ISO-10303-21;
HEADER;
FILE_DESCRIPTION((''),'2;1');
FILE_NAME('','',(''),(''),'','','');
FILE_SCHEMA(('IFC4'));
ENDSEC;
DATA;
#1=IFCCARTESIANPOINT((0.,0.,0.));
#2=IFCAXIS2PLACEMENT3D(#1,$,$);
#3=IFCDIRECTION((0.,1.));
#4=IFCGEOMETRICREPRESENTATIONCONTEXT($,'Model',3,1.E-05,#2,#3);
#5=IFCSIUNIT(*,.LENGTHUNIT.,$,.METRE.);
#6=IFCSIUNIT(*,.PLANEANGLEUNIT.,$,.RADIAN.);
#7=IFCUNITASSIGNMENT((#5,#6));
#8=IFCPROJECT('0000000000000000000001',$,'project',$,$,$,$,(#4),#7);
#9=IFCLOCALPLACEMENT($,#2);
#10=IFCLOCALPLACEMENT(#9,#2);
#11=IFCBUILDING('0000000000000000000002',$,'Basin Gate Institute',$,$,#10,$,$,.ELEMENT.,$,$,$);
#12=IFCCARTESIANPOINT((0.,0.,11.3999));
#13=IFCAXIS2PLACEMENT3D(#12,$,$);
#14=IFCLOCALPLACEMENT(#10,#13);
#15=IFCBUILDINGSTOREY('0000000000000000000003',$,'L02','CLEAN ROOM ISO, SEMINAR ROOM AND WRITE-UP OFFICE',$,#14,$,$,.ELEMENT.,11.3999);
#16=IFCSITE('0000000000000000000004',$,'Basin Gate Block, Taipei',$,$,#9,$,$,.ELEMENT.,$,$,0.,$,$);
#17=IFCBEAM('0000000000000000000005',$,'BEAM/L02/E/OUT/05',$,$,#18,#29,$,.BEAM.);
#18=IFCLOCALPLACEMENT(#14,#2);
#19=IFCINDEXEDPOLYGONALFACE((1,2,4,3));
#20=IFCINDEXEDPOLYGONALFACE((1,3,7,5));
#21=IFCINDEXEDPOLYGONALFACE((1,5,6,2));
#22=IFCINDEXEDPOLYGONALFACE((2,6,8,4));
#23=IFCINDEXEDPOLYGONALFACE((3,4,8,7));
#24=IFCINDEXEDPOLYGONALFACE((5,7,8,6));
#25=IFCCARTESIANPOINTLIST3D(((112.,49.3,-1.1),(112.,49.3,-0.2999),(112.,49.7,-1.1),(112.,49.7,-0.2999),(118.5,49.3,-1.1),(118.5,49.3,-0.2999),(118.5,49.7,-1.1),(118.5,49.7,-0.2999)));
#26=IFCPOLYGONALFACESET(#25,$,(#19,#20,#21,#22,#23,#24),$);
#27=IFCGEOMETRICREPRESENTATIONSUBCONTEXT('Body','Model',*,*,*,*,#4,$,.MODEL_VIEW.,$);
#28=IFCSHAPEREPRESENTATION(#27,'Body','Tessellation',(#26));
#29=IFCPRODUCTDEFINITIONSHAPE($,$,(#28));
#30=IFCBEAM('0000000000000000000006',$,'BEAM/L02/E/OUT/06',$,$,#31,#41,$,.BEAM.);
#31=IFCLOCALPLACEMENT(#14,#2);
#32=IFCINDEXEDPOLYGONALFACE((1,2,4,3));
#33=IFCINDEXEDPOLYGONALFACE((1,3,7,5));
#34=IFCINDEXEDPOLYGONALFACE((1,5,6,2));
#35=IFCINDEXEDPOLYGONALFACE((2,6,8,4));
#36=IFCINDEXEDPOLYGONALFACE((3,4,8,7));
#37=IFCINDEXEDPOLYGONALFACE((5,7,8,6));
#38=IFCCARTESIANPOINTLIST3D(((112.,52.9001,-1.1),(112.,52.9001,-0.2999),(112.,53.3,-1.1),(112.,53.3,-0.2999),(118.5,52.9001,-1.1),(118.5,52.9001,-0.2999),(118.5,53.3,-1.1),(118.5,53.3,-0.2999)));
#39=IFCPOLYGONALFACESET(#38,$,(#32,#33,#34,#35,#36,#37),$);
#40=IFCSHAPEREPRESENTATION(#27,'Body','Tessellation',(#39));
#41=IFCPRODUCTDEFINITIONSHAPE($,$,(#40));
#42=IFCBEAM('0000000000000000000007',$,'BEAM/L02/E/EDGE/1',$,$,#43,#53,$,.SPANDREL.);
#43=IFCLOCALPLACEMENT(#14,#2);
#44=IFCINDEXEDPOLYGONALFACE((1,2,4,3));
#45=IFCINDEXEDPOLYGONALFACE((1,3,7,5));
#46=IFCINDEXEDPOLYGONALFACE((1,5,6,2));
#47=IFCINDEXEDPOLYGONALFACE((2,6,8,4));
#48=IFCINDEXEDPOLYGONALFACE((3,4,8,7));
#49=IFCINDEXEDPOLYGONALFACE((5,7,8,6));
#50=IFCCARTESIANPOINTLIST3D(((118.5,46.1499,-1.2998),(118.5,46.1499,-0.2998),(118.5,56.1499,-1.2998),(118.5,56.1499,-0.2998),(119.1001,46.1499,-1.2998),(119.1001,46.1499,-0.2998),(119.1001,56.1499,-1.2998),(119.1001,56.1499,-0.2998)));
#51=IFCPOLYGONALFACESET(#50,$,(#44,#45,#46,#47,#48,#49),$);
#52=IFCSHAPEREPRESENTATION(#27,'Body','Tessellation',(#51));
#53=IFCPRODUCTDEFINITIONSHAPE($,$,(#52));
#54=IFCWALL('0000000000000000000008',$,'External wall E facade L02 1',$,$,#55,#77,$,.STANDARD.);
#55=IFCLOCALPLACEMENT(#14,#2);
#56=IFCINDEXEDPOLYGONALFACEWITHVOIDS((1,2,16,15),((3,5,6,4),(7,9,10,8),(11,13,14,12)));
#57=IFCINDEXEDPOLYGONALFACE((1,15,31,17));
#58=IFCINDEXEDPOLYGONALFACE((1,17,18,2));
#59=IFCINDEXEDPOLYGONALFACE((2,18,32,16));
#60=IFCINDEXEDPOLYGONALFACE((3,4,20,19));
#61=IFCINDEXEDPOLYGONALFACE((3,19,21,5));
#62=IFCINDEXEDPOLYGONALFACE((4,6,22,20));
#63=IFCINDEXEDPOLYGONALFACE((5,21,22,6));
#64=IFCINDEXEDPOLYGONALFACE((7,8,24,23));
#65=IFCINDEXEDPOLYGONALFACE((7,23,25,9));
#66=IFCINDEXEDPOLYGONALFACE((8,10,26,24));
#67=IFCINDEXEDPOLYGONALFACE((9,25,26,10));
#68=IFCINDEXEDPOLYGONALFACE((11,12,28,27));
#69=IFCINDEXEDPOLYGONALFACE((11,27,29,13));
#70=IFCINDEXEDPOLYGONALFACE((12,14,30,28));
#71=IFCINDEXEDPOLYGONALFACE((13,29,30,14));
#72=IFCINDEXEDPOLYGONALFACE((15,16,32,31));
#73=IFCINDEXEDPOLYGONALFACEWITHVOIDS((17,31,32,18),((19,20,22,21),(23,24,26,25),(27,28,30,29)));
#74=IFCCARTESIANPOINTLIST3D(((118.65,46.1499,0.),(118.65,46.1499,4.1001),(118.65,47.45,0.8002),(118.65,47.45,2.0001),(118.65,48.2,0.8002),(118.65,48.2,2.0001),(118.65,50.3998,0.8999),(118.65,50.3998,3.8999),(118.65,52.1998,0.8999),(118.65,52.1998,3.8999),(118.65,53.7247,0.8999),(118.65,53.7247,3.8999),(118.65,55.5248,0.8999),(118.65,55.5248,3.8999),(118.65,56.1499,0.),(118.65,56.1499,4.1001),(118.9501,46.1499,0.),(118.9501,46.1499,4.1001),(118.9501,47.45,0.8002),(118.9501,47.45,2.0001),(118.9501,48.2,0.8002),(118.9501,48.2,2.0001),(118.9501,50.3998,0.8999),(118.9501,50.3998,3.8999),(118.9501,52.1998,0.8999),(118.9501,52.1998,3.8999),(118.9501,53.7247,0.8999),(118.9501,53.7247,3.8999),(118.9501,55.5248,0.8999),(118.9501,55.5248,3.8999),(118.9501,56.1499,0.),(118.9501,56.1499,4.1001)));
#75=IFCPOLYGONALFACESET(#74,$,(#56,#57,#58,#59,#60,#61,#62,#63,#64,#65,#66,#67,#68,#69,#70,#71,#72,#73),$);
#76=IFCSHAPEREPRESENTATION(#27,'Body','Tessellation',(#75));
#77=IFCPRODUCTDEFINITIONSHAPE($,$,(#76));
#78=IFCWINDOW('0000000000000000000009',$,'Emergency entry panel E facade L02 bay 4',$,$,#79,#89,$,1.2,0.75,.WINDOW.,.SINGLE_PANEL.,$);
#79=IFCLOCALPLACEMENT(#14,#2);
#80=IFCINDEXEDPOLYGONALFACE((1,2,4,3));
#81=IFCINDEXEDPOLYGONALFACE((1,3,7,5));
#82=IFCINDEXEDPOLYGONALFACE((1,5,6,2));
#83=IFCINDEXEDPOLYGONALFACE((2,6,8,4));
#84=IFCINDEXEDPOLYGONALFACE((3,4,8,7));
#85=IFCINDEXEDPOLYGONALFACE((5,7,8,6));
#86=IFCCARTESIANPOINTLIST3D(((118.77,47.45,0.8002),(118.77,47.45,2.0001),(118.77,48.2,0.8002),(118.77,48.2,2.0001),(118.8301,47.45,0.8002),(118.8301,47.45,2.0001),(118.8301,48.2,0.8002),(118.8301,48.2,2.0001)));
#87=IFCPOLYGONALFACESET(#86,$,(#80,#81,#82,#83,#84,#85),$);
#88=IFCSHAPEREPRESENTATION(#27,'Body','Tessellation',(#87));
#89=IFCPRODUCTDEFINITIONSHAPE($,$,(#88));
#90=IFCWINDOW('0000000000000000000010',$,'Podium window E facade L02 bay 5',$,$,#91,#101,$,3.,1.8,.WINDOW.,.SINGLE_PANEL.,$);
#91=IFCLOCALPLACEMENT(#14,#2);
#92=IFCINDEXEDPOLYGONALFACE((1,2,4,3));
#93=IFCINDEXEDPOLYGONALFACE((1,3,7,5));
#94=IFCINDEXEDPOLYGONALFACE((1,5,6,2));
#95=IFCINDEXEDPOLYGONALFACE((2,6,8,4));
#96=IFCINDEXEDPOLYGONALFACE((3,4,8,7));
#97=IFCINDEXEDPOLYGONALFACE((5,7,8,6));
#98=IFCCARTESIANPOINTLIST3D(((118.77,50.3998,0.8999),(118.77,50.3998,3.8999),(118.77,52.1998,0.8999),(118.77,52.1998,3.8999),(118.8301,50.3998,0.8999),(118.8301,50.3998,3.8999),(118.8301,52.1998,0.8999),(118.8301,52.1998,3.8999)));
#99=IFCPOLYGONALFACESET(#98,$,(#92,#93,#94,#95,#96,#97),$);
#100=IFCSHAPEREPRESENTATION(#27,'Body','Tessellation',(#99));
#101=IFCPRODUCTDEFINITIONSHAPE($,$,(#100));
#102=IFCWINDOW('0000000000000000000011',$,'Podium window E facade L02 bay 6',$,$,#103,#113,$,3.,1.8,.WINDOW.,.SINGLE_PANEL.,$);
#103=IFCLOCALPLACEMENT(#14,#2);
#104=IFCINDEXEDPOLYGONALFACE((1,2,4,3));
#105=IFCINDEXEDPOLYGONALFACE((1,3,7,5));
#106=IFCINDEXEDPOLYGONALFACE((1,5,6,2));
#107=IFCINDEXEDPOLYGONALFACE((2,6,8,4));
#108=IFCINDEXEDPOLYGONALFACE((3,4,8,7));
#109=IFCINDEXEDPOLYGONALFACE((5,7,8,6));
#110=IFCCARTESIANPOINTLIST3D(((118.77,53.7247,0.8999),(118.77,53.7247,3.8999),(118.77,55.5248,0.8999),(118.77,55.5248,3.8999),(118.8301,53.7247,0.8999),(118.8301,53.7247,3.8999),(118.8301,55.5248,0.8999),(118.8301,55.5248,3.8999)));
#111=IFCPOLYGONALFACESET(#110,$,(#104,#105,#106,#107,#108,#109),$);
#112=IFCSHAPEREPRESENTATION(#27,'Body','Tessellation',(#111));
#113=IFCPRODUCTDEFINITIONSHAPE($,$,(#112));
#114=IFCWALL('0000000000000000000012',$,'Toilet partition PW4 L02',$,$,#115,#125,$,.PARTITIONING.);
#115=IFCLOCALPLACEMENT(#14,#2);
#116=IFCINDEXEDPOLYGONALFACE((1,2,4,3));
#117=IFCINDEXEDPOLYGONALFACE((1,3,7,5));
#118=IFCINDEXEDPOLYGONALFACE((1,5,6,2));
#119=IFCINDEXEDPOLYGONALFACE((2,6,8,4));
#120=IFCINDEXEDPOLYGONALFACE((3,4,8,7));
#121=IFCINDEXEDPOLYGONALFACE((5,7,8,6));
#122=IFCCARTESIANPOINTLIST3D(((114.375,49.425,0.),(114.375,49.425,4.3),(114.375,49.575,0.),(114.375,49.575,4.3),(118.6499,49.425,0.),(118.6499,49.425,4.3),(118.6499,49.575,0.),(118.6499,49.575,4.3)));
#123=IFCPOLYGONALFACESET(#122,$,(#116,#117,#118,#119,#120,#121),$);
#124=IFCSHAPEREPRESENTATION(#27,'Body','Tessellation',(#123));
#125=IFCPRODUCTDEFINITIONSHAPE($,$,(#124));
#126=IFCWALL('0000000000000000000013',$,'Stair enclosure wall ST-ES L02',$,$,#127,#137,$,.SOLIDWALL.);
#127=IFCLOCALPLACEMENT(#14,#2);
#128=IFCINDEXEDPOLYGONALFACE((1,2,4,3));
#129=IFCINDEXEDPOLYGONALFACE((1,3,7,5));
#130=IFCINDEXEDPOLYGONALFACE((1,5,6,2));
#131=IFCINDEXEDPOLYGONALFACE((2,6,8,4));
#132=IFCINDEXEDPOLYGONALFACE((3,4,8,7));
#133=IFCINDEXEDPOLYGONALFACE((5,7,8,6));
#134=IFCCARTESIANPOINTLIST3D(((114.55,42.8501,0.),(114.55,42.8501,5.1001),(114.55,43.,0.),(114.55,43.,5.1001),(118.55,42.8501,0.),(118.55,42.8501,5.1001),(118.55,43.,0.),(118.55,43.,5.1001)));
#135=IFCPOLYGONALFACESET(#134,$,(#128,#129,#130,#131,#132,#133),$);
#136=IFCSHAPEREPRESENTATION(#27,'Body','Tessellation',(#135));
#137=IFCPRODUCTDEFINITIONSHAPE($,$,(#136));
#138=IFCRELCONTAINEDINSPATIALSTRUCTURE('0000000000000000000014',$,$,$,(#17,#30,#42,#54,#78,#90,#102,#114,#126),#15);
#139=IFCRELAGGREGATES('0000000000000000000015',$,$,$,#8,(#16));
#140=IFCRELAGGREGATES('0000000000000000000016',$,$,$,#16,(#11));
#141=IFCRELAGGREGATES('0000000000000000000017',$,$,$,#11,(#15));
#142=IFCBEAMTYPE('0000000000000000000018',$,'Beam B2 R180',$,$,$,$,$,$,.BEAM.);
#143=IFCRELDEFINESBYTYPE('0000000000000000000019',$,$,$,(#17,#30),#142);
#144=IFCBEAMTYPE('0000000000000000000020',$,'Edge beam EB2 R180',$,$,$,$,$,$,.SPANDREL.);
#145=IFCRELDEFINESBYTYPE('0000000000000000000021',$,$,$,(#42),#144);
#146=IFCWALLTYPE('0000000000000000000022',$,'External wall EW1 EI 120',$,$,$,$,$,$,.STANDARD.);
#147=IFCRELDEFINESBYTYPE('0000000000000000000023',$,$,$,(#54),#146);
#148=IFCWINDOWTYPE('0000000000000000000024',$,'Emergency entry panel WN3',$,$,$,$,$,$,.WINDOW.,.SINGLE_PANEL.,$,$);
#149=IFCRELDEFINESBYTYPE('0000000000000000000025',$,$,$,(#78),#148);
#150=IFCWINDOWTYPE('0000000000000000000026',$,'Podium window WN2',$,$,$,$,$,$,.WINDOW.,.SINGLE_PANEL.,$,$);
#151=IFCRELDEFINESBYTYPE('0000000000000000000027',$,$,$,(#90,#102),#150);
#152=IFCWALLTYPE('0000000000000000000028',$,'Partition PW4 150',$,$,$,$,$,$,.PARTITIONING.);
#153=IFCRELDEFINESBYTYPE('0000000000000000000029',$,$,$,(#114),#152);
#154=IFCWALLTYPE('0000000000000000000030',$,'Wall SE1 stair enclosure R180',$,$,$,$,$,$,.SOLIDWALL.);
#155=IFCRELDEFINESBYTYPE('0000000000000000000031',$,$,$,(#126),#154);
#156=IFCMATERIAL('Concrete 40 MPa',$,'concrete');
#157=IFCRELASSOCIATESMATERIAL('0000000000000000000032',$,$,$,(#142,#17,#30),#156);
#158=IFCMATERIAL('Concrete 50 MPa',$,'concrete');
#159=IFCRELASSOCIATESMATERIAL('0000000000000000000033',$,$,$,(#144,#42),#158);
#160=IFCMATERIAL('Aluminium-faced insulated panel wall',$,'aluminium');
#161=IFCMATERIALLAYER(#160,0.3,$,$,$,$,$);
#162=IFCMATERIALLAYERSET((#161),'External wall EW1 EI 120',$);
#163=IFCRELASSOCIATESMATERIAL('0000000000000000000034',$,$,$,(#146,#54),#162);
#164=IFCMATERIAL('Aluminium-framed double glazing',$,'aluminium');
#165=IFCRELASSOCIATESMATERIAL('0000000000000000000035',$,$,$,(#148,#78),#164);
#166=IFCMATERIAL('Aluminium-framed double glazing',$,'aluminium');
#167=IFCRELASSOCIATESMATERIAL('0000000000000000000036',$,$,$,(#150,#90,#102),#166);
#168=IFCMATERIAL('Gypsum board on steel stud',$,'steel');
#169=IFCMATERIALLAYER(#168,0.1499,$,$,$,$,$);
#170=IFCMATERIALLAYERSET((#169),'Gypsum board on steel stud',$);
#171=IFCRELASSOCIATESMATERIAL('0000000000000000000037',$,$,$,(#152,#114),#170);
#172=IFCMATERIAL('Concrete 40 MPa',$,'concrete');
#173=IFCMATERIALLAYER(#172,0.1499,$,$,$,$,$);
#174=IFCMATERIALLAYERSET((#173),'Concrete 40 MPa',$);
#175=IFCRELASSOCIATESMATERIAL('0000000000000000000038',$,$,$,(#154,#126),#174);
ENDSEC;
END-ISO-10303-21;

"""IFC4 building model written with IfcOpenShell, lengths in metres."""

from ifc_helpers import new_model, si_unit, direction, frame, frame_2d, origin, origin_2d, place, context, subcontext, project, spatial, rectangle, extrude, material, layer, layer_set, material_profile, profile_set, type_object, element, fill, save


model = new_model("IFC4")

# Units and contexts
model_context = context("Model", 3, precision=1e-05, world=origin(), true_north=direction((0.0, 1.0)))
body_context = subcontext(model_context, "Body", "Model", "MODEL_VIEW")
ifc_project = project(units=[si_unit("LENGTHUNIT", "METRE"), si_unit("PLANEANGLEUNIT", "RADIAN")], contexts=[model_context])

# Site, building, storey
site_placement = place(None, origin())
site = spatial("IfcSite", under=ifc_project, at=site_placement, Name="Basin Gate Block, Taipei", CompositionType="ELEMENT", RefElevation=0.0)
building_placement = place(site_placement, origin())
building = spatial("IfcBuilding", under=site, at=building_placement, Name="Basin Gate Institute", CompositionType="ELEMENT")
storey_placement = place(building_placement, frame((0.0, 0.0, 11.3999)))
storey = spatial("IfcBuildingStorey", under=building, at=storey_placement, Name="L02", Description="CLEAN ROOM ISO, SEMINAR ROOM AND WRITE-UP OFFICE", CompositionType="ELEMENT", Elevation=11.3999)

# Beams
ifc_material_1 = material(Name="Concrete 40 MPa", Category="concrete")
ifc_material_profile_1 = material_profile(ifc_material_1, rectangle(XDim=0.3999, YDim=0.8, at=origin_2d()), Name="Beam B2 400 x 800")
ifc_profile_set_1 = profile_set([ifc_material_profile_1], Name="Concrete 40 MPa")
beam_type_1 = type_object("IfcBeamType", Name="Beam B2 R180", PredefinedType="BEAM", material=ifc_profile_set_1)
for number, where, z_axis, x_axis, name in (
    (1, (118.5, 49.5, -0.7), (-1.0, 0.0, 0.0), (0.0, -1.0, 0.0), "BEAM/L02/E/OUT/05"),
    (2, (118.5, 53.1001, -0.7), (-1.0, 0.0, 0.0), (0.0, -1.0, 0.0), "BEAM/L02/E/OUT/06"),
):
    element("IfcBeam", number, at=place(storey_placement, frame(where, z_axis=z_axis, x_axis=x_axis)), inside=storey, type_object=beam_type_1, material=ifc_profile_set_1, Name=name, PredefinedType="BEAM", context=body_context, shape_type="SweptSolid", body=[
        extrude(rectangle(XDim=0.3999, YDim=0.8, at=origin_2d()), origin(), (0.0, 0.0, 1.0), 6.5),
    ])
ifc_material_2 = material(Name="Concrete 50 MPa", Category="concrete")
ifc_material_profile_2 = material_profile(ifc_material_2, rectangle(XDim=0.6001, YDim=1.0, at=origin_2d()), Name="Edge beam EB2 600 x 1000")
ifc_profile_set_2 = profile_set([ifc_material_profile_2], Name="Concrete 50 MPa")
beam_type_2 = type_object("IfcBeamType", Name="Edge beam EB2 R180", PredefinedType="SPANDREL", material=ifc_profile_set_2)
beam_placement = place(storey_placement, frame((118.8, 46.1499, -0.7998), z_axis=(0.0, 1.0, 0.0), x_axis=(-1.0, 0.0, 0.0)))
element("IfcBeam", 3, at=beam_placement, inside=storey, type_object=beam_type_2, material=ifc_profile_set_2, Name="BEAM/L02/E/EDGE/1", PredefinedType="SPANDREL", context=body_context, shape_type="SweptSolid", body=[
    extrude(rectangle(XDim=0.6001, YDim=1.0, at=origin_2d()), origin(), (0.0, 0.0, 1.0), 10.0),
])

# Wall, openings, windows
ifc_material_3 = material(Name="Aluminium-faced insulated panel wall", Category="aluminium")
ifc_layer_1 = layer(ifc_material_3, 0.3)
ifc_layer_set_1 = layer_set([ifc_layer_1], Name="External wall EW1 EI 120")
wall_type_1 = type_object("IfcWallType", Name="External wall EW1 EI 120", PredefinedType="STANDARD", material=ifc_layer_set_1)
wall_1_placement = place(storey_placement, frame((118.8, 46.1499, 0.0), z_axis=(0.0, 0.0, 1.0), x_axis=(0.0, 1.0, 0.0)))
wall_1 = element("IfcWall", 4, at=wall_1_placement, inside=storey, type_object=wall_type_1, material=ifc_layer_set_1, Name="External wall E facade L02 1", PredefinedType="STANDARD", context=body_context, shape_type="SweptSolid", body=[
    extrude(rectangle(XDim=10.0, YDim=0.3, at=frame_2d((5.0, 0.0))), origin(), (0.0, 0.0, 1.0), 4.1001),
])
opening_1_placement = place(wall_1_placement, frame((1.3, 0.0, 0.8)))
opening_1 = element("IfcOpeningElement", 5, at=opening_1_placement, cuts=wall_1, PredefinedType="OPENING", context=body_context, shape_type="SweptSolid", body=[
    extrude(rectangle(XDim=0.75, YDim=1.2, at=frame_2d((0.375, 0.6001))), frame((0.0, 0.1602, 0.0), z_axis=(0.0, -1.0, 0.0), x_axis=(1.0, 0.0, 0.0)), (0.0, 0.0, 1.0), 0.3201),
])
opening_2_placement = place(wall_1_placement, frame((4.25, 0.0, 0.8999)))
opening_2 = element("IfcOpeningElement", 6, at=opening_2_placement, cuts=wall_1, PredefinedType="OPENING", context=body_context, shape_type="SweptSolid", body=[
    extrude(rectangle(XDim=1.8, YDim=3.0, at=frame_2d((0.8999, 1.5))), frame((0.0, 0.1602, 0.0), z_axis=(0.0, -1.0, 0.0), x_axis=(1.0, 0.0, 0.0)), (0.0, 0.0, 1.0), 0.3201),
])
opening_3_placement = place(wall_1_placement, frame((7.575, 0.0, 0.8999)))
opening_3 = element("IfcOpeningElement", 7, at=opening_3_placement, cuts=wall_1, PredefinedType="OPENING", context=body_context, shape_type="SweptSolid", body=[
    extrude(rectangle(XDim=1.8, YDim=3.0, at=frame_2d((0.8999, 1.5))), frame((0.0, 0.1602, 0.0), z_axis=(0.0, -1.0, 0.0), x_axis=(1.0, 0.0, 0.0)), (0.0, 0.0, 1.0), 0.3201),
])
ifc_material_4 = material(Name="Aluminium-framed double glazing", Category="aluminium")
window_type_1 = type_object("IfcWindowType", Name="Emergency entry panel WN3", PartitioningType="SINGLE_PANEL", PredefinedType="WINDOW", material=ifc_material_4)
window_1_placement = place(opening_1_placement, origin())
window_1 = element("IfcWindow", 8, at=window_1_placement, inside=storey, type_object=window_type_1, material=ifc_material_4, Name="Emergency entry panel E facade L02 bay 4", OverallHeight=1.2, OverallWidth=0.75, PartitioningType="SINGLE_PANEL", PredefinedType="WINDOW", context=body_context, shape_type="SweptSolid", body=[
    extrude(rectangle(XDim=0.75, YDim=1.2, at=frame_2d((0.375, 0.6001))), frame((0.0, 0.03, 0.0), z_axis=(0.0, -1.0, 0.0), x_axis=(1.0, 0.0, 0.0)), (0.0, 0.0, 1.0), 0.0601),
])
fill(opening_1, window_1)
ifc_material_5 = material(Name="Aluminium-framed double glazing", Category="aluminium")
window_type_2 = type_object("IfcWindowType", Name="Podium window WN2", PartitioningType="SINGLE_PANEL", PredefinedType="WINDOW", material=ifc_material_5)
window_2_placement = place(opening_2_placement, origin())
window_2 = element("IfcWindow", 9, at=window_2_placement, inside=storey, type_object=window_type_2, material=ifc_material_5, Name="Podium window E facade L02 bay 5", OverallHeight=3.0, OverallWidth=1.8, PartitioningType="SINGLE_PANEL", PredefinedType="WINDOW", context=body_context, shape_type="SweptSolid", body=[
    extrude(rectangle(XDim=1.8, YDim=3.0, at=frame_2d((0.8999, 1.5))), frame((0.0, 0.03, 0.0), z_axis=(0.0, -1.0, 0.0), x_axis=(1.0, 0.0, 0.0)), (0.0, 0.0, 1.0), 0.0601),
])
fill(opening_2, window_2)
window_3_placement = place(opening_3_placement, origin())
window_3 = element("IfcWindow", 10, at=window_3_placement, inside=storey, type_object=window_type_2, material=ifc_material_5, Name="Podium window E facade L02 bay 6", OverallHeight=3.0, OverallWidth=1.8, PartitioningType="SINGLE_PANEL", PredefinedType="WINDOW", context=body_context, shape_type="SweptSolid", body=[
    extrude(rectangle(XDim=1.8, YDim=3.0, at=frame_2d((0.8999, 1.5))), frame((0.0, 0.03, 0.0), z_axis=(0.0, -1.0, 0.0), x_axis=(1.0, 0.0, 0.0)), (0.0, 0.0, 1.0), 0.0601),
])
fill(opening_3, window_3)

# Walls
ifc_material_6 = material(Name="Gypsum board on steel stud", Category="steel")
ifc_layer_2 = layer(ifc_material_6, 0.1499)
ifc_layer_set_2 = layer_set([ifc_layer_2], Name="Gypsum board on steel stud")
wall_type_2 = type_object("IfcWallType", Name="Partition PW4 150", PredefinedType="PARTITIONING", material=ifc_layer_set_2)
wall_2_placement = place(storey_placement, frame((118.6499, 49.5, 0.0), z_axis=(0.0, 0.0, 1.0), x_axis=(-1.0, 0.0, 0.0)))
element("IfcWall", 11, at=wall_2_placement, inside=storey, type_object=wall_type_2, material=ifc_layer_set_2, Name="Toilet partition PW4 L02", PredefinedType="PARTITIONING", context=body_context, shape_type="SweptSolid", body=[
    extrude(rectangle(XDim=4.2749, YDim=0.1499, at=frame_2d((2.1375, 0.0))), origin(), (0.0, 0.0, 1.0), 4.3),
])
ifc_material_7 = material(Name="Concrete 40 MPa", Category="concrete")
ifc_layer_3 = layer(ifc_material_7, 0.1499)
ifc_layer_set_3 = layer_set([ifc_layer_3], Name="Concrete 40 MPa")
wall_type_3 = type_object("IfcWallType", Name="Wall SE1 stair enclosure R180", PredefinedType="SOLIDWALL", material=ifc_layer_set_3)
wall_3_placement = place(storey_placement, frame((118.55, 42.925, 0.0), z_axis=(0.0, 0.0, 1.0), x_axis=(-1.0, 0.0, 0.0)))
element("IfcWall", 12, at=wall_3_placement, inside=storey, type_object=wall_type_3, material=ifc_layer_set_3, Name="Stair enclosure wall ST-ES L02", PredefinedType="SOLIDWALL", context=body_context, shape_type="SweptSolid", body=[
    extrude(rectangle(XDim=4.0, YDim=0.1499, at=frame_2d((2.0, 0.0))), origin(), (0.0, 0.0, 1.0), 5.1001),
])

save(model, "model.ifc")
